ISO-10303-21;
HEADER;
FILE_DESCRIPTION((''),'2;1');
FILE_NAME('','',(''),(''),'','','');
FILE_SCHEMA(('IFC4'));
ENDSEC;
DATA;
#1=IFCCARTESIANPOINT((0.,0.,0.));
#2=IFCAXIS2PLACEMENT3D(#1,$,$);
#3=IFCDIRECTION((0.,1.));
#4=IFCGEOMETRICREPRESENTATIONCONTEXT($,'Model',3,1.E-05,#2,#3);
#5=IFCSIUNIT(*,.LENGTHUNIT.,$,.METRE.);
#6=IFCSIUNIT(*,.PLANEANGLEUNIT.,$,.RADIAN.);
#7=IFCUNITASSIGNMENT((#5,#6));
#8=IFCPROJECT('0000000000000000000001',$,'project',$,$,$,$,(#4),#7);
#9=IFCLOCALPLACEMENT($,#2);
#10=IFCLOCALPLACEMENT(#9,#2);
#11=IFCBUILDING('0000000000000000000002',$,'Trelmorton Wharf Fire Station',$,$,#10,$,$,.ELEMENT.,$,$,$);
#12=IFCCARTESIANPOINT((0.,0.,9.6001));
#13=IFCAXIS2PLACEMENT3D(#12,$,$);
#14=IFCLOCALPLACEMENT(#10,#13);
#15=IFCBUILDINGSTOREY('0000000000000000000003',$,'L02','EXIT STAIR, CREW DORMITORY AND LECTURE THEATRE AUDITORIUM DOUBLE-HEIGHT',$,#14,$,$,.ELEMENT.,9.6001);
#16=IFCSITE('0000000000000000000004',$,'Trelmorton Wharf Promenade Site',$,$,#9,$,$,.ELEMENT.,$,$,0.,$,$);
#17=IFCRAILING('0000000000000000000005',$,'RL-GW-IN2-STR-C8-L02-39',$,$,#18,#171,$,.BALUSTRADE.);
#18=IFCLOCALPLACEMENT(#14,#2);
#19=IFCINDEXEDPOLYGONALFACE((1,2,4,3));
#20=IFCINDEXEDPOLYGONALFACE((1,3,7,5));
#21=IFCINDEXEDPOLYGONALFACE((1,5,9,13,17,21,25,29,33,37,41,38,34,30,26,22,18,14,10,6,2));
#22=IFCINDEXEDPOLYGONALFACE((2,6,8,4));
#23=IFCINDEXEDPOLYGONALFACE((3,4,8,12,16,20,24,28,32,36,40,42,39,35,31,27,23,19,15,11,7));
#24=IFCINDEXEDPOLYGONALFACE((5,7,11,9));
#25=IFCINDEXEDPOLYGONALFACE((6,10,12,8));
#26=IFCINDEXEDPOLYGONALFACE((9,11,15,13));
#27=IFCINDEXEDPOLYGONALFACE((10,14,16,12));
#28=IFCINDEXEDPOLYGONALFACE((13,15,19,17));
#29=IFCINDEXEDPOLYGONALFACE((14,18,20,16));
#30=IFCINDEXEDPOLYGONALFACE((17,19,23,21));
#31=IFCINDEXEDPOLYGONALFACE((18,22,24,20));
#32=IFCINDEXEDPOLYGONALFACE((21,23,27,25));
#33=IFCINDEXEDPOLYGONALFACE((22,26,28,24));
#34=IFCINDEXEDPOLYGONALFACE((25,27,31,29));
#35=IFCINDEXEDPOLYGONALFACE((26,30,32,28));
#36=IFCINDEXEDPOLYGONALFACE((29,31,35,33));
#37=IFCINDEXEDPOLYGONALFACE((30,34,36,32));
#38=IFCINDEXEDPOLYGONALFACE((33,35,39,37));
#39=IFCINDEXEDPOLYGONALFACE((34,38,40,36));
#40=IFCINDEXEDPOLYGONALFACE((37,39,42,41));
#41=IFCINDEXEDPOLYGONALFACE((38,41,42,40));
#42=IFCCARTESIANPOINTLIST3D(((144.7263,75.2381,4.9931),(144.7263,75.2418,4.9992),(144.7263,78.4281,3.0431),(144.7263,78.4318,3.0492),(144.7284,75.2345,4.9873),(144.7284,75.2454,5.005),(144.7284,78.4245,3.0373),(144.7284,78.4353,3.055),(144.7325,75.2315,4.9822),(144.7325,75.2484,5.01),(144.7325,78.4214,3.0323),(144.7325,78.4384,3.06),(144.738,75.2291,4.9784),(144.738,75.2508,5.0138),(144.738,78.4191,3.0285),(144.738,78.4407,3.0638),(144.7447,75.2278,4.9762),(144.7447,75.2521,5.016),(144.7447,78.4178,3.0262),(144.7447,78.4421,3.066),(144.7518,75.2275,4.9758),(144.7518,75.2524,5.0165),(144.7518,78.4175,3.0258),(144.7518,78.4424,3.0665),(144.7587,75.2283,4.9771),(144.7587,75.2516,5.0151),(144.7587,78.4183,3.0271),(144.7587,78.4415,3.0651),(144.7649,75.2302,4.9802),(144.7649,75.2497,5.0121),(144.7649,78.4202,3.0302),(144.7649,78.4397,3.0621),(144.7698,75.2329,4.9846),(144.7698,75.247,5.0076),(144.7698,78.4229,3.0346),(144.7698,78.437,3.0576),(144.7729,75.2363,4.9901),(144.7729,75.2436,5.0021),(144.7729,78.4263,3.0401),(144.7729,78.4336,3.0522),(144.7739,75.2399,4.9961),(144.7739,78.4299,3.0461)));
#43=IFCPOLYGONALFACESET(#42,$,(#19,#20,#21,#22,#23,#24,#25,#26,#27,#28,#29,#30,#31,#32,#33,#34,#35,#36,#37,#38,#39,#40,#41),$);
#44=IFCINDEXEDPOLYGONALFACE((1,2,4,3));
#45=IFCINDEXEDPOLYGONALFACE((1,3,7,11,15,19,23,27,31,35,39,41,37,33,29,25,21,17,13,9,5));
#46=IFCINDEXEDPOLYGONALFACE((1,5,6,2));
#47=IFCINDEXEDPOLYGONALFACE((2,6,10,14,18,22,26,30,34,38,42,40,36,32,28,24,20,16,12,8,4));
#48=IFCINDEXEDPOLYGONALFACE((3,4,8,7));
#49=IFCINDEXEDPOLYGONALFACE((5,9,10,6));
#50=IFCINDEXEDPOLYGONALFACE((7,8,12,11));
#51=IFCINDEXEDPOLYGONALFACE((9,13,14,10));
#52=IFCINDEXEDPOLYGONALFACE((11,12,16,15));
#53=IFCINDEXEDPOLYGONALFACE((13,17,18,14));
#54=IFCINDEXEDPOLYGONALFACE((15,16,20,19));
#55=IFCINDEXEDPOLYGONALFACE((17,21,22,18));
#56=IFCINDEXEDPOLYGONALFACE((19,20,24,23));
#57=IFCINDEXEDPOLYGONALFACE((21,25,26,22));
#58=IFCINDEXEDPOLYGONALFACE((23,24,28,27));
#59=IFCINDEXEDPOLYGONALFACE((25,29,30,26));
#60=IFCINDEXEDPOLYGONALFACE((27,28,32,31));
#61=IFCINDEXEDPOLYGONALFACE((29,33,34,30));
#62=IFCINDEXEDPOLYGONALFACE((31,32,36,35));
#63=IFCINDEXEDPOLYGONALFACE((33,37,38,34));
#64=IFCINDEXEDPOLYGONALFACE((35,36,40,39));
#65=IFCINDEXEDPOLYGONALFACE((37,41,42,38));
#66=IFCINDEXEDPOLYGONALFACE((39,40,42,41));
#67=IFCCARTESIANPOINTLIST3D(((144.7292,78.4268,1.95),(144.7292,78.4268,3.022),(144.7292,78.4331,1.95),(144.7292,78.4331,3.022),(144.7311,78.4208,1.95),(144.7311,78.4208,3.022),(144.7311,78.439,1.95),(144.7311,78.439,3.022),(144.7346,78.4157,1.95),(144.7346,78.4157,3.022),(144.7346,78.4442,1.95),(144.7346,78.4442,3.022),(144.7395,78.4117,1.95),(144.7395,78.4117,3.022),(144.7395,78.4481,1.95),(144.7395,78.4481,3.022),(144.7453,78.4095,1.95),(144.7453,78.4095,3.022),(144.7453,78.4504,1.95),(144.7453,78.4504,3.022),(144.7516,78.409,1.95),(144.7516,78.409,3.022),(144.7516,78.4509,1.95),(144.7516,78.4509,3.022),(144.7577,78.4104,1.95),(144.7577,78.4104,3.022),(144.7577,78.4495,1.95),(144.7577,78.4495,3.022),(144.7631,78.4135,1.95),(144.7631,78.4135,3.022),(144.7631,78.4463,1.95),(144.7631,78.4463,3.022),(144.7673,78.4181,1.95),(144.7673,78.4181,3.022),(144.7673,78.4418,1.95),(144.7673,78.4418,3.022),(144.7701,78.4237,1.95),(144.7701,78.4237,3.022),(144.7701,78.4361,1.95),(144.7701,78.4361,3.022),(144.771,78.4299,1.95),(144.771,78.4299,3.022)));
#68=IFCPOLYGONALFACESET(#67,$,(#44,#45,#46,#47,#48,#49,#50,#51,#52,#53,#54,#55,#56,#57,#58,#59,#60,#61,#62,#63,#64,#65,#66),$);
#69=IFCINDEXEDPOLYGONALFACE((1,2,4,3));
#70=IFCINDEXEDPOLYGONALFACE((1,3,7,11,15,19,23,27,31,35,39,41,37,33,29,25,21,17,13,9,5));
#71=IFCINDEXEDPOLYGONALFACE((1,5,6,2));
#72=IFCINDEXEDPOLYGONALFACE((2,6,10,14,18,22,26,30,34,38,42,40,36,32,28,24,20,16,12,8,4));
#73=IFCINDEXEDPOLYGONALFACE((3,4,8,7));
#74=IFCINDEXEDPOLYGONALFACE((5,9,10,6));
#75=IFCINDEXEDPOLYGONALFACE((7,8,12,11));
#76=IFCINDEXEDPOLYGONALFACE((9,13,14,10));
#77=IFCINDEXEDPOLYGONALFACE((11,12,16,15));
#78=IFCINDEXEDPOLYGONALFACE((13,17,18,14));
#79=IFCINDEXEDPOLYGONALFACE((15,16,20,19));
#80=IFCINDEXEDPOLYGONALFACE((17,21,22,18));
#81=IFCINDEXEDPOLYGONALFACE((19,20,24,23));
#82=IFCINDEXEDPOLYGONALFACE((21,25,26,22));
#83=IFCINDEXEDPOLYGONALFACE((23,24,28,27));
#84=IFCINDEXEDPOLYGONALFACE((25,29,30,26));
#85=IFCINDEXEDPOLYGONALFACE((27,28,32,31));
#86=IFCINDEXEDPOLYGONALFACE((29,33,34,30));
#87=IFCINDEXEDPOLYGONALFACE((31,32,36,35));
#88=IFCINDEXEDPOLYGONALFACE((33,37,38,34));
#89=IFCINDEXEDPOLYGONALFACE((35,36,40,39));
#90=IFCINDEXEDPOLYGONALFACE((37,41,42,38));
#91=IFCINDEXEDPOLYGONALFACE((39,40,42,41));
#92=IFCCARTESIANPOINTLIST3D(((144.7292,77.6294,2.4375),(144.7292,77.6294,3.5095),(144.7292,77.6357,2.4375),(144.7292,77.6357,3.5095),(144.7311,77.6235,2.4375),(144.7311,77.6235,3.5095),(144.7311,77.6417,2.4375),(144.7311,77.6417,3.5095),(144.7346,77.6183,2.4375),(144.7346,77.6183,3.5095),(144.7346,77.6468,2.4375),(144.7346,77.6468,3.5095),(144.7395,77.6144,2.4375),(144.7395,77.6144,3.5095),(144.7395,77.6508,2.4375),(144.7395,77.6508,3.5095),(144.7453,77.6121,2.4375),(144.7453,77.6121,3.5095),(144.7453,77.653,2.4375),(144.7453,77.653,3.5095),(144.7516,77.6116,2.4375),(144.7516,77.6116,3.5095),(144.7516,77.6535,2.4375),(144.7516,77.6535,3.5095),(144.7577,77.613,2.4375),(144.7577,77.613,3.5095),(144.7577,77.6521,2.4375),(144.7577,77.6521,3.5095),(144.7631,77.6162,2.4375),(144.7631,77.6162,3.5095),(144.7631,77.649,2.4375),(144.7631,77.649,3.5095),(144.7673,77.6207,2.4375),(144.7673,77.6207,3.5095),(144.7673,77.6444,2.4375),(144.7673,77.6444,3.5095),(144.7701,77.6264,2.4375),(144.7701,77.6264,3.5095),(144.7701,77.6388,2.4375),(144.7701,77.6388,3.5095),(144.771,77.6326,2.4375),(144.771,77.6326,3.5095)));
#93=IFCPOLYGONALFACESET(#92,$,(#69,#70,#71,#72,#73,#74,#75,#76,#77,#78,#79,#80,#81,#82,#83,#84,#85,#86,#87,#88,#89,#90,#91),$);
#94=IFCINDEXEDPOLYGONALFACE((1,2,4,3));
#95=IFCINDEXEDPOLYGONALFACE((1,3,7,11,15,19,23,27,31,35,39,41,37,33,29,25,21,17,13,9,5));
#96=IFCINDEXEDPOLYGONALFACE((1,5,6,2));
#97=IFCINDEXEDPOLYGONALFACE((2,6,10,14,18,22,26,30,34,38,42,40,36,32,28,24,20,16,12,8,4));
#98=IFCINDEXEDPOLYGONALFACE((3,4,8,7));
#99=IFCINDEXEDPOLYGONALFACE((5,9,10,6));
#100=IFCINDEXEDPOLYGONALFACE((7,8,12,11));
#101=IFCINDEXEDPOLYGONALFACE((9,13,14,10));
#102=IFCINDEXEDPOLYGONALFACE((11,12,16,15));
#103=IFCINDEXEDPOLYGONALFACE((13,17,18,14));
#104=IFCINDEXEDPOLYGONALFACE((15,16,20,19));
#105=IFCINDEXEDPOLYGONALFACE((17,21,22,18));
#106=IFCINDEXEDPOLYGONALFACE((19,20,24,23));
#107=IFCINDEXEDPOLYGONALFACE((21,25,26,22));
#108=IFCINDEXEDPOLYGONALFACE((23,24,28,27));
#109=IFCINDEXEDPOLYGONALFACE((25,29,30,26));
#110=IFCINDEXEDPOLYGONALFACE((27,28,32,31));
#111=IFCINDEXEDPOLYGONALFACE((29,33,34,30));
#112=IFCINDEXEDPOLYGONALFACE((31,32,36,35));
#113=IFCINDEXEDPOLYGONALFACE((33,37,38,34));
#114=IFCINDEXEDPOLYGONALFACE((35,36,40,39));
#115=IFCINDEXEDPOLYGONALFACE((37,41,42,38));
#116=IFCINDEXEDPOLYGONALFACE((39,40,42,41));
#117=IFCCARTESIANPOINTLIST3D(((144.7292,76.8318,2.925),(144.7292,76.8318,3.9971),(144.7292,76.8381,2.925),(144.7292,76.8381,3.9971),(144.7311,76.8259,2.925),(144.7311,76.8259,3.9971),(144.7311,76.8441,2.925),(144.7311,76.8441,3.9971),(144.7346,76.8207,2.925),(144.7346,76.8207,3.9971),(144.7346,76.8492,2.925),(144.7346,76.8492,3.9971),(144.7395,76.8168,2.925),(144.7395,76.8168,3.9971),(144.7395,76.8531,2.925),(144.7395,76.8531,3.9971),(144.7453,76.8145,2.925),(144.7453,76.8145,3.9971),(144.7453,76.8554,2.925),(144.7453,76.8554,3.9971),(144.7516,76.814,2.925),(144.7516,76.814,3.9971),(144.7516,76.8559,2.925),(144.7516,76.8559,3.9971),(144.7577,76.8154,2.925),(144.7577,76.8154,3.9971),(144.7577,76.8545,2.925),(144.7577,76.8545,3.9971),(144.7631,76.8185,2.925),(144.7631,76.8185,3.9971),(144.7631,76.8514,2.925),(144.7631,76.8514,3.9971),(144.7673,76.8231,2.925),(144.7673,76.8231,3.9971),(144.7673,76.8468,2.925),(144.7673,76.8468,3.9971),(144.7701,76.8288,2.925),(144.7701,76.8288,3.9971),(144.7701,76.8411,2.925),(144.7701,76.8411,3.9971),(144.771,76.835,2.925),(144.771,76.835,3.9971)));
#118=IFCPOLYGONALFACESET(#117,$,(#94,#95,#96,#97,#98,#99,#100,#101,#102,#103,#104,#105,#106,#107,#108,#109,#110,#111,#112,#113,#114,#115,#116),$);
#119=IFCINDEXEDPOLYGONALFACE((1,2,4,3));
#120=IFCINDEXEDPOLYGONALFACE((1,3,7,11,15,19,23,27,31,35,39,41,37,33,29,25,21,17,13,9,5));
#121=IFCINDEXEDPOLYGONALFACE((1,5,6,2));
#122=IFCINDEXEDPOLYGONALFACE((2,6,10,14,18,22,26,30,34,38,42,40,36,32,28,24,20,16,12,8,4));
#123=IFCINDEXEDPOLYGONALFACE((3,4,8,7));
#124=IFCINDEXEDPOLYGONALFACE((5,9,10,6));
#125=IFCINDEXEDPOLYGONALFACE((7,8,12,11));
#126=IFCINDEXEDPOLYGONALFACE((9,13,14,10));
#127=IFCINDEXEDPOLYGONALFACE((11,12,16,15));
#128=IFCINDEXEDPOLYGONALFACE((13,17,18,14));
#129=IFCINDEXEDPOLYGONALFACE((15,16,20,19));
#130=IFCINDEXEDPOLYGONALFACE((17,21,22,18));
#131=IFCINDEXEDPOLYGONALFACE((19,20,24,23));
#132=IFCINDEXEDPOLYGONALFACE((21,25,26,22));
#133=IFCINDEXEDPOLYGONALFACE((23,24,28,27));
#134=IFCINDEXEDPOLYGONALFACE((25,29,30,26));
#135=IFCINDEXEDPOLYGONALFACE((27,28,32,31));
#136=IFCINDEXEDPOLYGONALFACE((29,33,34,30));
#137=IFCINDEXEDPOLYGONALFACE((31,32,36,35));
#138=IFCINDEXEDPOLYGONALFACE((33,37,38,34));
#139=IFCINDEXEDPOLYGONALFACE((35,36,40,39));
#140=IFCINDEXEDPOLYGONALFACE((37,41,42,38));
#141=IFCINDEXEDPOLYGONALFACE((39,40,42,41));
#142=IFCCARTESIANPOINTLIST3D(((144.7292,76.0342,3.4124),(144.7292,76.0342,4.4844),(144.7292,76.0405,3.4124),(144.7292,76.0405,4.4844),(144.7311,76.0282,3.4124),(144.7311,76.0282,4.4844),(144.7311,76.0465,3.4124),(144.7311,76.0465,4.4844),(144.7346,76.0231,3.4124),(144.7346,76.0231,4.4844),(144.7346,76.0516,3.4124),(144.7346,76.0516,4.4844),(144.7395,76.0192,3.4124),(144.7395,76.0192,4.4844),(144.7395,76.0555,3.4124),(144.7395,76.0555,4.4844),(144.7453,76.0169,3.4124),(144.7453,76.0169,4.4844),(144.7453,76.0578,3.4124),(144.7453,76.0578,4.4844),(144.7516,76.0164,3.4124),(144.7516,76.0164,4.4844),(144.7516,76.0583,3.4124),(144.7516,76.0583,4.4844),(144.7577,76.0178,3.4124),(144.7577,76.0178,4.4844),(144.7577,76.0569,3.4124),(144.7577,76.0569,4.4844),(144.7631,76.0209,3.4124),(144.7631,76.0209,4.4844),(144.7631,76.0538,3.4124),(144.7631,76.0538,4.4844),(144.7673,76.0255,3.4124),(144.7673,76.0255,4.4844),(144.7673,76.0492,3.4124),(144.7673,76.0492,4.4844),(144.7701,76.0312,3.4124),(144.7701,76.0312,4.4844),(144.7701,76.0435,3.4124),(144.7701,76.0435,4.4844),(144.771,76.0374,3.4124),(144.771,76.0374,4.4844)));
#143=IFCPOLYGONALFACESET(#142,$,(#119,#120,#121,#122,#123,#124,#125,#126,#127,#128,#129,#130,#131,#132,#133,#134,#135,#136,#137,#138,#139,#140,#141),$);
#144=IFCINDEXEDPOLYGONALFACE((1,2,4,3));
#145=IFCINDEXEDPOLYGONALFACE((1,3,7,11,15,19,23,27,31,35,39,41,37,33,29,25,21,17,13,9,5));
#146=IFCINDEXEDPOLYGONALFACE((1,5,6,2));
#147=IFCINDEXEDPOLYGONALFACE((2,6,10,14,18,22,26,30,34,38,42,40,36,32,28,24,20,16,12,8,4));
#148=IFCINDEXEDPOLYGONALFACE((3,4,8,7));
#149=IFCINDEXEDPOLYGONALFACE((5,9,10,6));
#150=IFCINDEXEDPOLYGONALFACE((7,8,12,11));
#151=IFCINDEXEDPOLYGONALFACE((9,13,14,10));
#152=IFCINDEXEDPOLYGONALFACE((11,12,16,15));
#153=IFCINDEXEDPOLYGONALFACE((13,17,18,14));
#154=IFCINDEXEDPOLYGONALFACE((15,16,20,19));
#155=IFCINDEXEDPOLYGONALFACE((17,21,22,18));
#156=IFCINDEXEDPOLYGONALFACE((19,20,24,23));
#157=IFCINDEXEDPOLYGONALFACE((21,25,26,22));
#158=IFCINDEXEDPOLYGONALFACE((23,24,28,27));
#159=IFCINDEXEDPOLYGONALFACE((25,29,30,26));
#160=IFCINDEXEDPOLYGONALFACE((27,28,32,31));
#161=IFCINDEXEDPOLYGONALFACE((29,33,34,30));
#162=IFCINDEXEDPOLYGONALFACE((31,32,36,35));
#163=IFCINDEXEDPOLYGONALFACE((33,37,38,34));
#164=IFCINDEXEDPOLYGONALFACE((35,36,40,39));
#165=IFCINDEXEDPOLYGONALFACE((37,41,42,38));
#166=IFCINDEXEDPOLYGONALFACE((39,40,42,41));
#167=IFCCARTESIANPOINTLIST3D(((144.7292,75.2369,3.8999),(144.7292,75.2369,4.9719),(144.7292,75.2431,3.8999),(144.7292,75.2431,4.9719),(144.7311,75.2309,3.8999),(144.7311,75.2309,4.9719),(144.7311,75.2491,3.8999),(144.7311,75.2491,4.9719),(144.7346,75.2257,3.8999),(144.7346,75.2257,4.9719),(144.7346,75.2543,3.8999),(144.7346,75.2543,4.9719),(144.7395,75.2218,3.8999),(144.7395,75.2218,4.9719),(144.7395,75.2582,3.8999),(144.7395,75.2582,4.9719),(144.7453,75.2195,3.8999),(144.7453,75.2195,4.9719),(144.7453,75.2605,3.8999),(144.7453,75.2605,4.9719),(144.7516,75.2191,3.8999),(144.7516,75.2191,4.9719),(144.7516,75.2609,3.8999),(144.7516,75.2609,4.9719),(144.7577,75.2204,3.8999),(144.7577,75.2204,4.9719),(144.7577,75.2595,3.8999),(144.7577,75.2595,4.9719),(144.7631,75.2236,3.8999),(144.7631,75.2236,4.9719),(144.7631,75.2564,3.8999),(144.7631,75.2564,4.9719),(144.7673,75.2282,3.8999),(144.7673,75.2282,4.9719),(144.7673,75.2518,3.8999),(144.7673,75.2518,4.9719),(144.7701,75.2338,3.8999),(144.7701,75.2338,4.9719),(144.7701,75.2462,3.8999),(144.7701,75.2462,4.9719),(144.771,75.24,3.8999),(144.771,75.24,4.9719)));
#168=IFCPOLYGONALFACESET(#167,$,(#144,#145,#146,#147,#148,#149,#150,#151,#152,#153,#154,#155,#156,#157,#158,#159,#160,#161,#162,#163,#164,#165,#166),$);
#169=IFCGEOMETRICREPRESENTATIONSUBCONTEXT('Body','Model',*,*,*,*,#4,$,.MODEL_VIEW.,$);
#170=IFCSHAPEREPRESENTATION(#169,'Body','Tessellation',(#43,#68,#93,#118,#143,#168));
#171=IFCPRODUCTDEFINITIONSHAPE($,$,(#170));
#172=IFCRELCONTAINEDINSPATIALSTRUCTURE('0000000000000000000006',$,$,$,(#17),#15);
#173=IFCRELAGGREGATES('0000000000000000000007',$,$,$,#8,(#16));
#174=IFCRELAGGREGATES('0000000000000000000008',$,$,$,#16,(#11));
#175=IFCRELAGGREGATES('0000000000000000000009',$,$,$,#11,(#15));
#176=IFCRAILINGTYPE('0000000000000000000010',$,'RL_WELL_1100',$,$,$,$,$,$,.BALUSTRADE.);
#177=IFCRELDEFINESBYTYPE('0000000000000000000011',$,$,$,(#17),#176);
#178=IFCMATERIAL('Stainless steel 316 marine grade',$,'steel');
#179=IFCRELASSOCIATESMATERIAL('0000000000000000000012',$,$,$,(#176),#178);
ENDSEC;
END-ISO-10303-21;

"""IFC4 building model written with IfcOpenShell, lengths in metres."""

from ifc_helpers import new_model, si_unit, direction, frame, origin, origin_2d, place, context, subcontext, project, spatial, circle, extrude, material, type_object, element, save


model = new_model("IFC4")

# Units and contexts
model_context = context("Model", 3, precision=1e-05, world=origin(), true_north=direction((0.0, 1.0)))
body_context = subcontext(model_context, "Body", "Model", "MODEL_VIEW")
ifc_project = project(units=[si_unit("LENGTHUNIT", "METRE"), si_unit("PLANEANGLEUNIT", "RADIAN")], contexts=[model_context])

# Site, building, storey
site_placement = place(None, origin())
site = spatial("IfcSite", under=ifc_project, at=site_placement, Name="Trelmorton Wharf Promenade Site", CompositionType="ELEMENT", RefElevation=0.0)
building_placement = place(site_placement, origin())
building = spatial("IfcBuilding", under=site, at=building_placement, Name="Trelmorton Wharf Fire Station", CompositionType="ELEMENT")
storey_placement = place(building_placement, frame((0.0, 0.0, 9.6001)))
storey = spatial("IfcBuildingStorey", under=building, at=storey_placement, Name="L02", Description="EXIT STAIR, CREW DORMITORY AND LECTURE THEATRE AUDITORIUM DOUBLE-HEIGHT", CompositionType="ELEMENT", Elevation=9.6001)

# Railing
ifc_material_1 = material(Name="Stainless steel 316 marine grade", Category="steel")
railing_type = type_object("IfcRailingType", Name="RL_WELL_1100", PredefinedType="BALUSTRADE", material=ifc_material_1)
for number, where, name in (
    (1, (144.75, 78.4299, 1.95), "RL-GW-IN2-STR-C8-L02-39"),
):
    element("IfcRailing", number, at=place(storey_placement, frame(where)), inside=storey, type_object=railing_type, Name=name, PredefinedType="BALUSTRADE", context=body_context, shape_type="SweptSolid", body=[
        extrude(circle(Radius=0.0239, at=origin_2d()), frame((0.0, 0.0, 1.0962), z_axis=(0.0, -0.853217, 0.521556), x_axis=(1.0, 0.0, 0.0)), (0.0, 0.0, 1.0), 3.7388),
        extrude(circle(Radius=0.021, at=origin_2d()), origin(), (0.0, 0.0, 1.0), 1.072),
        extrude(circle(Radius=0.021, at=origin_2d()), frame((0.0, -0.7974, 0.4875)), (0.0, 0.0, 1.0), 1.072),
        extrude(circle(Radius=0.021, at=origin_2d()), frame((0.0, -1.595, 0.9751)), (0.0, 0.0, 1.0), 1.072),
        extrude(circle(Radius=0.021, at=origin_2d()), frame((0.0, -2.3926, 1.4624)), (0.0, 0.0, 1.0), 1.072),
        extrude(circle(Radius=0.021, at=origin_2d()), frame((0.0, -3.1899, 1.95)), (0.0, 0.0, 1.0), 1.072),
    ])

save(model, "model.ifc")
